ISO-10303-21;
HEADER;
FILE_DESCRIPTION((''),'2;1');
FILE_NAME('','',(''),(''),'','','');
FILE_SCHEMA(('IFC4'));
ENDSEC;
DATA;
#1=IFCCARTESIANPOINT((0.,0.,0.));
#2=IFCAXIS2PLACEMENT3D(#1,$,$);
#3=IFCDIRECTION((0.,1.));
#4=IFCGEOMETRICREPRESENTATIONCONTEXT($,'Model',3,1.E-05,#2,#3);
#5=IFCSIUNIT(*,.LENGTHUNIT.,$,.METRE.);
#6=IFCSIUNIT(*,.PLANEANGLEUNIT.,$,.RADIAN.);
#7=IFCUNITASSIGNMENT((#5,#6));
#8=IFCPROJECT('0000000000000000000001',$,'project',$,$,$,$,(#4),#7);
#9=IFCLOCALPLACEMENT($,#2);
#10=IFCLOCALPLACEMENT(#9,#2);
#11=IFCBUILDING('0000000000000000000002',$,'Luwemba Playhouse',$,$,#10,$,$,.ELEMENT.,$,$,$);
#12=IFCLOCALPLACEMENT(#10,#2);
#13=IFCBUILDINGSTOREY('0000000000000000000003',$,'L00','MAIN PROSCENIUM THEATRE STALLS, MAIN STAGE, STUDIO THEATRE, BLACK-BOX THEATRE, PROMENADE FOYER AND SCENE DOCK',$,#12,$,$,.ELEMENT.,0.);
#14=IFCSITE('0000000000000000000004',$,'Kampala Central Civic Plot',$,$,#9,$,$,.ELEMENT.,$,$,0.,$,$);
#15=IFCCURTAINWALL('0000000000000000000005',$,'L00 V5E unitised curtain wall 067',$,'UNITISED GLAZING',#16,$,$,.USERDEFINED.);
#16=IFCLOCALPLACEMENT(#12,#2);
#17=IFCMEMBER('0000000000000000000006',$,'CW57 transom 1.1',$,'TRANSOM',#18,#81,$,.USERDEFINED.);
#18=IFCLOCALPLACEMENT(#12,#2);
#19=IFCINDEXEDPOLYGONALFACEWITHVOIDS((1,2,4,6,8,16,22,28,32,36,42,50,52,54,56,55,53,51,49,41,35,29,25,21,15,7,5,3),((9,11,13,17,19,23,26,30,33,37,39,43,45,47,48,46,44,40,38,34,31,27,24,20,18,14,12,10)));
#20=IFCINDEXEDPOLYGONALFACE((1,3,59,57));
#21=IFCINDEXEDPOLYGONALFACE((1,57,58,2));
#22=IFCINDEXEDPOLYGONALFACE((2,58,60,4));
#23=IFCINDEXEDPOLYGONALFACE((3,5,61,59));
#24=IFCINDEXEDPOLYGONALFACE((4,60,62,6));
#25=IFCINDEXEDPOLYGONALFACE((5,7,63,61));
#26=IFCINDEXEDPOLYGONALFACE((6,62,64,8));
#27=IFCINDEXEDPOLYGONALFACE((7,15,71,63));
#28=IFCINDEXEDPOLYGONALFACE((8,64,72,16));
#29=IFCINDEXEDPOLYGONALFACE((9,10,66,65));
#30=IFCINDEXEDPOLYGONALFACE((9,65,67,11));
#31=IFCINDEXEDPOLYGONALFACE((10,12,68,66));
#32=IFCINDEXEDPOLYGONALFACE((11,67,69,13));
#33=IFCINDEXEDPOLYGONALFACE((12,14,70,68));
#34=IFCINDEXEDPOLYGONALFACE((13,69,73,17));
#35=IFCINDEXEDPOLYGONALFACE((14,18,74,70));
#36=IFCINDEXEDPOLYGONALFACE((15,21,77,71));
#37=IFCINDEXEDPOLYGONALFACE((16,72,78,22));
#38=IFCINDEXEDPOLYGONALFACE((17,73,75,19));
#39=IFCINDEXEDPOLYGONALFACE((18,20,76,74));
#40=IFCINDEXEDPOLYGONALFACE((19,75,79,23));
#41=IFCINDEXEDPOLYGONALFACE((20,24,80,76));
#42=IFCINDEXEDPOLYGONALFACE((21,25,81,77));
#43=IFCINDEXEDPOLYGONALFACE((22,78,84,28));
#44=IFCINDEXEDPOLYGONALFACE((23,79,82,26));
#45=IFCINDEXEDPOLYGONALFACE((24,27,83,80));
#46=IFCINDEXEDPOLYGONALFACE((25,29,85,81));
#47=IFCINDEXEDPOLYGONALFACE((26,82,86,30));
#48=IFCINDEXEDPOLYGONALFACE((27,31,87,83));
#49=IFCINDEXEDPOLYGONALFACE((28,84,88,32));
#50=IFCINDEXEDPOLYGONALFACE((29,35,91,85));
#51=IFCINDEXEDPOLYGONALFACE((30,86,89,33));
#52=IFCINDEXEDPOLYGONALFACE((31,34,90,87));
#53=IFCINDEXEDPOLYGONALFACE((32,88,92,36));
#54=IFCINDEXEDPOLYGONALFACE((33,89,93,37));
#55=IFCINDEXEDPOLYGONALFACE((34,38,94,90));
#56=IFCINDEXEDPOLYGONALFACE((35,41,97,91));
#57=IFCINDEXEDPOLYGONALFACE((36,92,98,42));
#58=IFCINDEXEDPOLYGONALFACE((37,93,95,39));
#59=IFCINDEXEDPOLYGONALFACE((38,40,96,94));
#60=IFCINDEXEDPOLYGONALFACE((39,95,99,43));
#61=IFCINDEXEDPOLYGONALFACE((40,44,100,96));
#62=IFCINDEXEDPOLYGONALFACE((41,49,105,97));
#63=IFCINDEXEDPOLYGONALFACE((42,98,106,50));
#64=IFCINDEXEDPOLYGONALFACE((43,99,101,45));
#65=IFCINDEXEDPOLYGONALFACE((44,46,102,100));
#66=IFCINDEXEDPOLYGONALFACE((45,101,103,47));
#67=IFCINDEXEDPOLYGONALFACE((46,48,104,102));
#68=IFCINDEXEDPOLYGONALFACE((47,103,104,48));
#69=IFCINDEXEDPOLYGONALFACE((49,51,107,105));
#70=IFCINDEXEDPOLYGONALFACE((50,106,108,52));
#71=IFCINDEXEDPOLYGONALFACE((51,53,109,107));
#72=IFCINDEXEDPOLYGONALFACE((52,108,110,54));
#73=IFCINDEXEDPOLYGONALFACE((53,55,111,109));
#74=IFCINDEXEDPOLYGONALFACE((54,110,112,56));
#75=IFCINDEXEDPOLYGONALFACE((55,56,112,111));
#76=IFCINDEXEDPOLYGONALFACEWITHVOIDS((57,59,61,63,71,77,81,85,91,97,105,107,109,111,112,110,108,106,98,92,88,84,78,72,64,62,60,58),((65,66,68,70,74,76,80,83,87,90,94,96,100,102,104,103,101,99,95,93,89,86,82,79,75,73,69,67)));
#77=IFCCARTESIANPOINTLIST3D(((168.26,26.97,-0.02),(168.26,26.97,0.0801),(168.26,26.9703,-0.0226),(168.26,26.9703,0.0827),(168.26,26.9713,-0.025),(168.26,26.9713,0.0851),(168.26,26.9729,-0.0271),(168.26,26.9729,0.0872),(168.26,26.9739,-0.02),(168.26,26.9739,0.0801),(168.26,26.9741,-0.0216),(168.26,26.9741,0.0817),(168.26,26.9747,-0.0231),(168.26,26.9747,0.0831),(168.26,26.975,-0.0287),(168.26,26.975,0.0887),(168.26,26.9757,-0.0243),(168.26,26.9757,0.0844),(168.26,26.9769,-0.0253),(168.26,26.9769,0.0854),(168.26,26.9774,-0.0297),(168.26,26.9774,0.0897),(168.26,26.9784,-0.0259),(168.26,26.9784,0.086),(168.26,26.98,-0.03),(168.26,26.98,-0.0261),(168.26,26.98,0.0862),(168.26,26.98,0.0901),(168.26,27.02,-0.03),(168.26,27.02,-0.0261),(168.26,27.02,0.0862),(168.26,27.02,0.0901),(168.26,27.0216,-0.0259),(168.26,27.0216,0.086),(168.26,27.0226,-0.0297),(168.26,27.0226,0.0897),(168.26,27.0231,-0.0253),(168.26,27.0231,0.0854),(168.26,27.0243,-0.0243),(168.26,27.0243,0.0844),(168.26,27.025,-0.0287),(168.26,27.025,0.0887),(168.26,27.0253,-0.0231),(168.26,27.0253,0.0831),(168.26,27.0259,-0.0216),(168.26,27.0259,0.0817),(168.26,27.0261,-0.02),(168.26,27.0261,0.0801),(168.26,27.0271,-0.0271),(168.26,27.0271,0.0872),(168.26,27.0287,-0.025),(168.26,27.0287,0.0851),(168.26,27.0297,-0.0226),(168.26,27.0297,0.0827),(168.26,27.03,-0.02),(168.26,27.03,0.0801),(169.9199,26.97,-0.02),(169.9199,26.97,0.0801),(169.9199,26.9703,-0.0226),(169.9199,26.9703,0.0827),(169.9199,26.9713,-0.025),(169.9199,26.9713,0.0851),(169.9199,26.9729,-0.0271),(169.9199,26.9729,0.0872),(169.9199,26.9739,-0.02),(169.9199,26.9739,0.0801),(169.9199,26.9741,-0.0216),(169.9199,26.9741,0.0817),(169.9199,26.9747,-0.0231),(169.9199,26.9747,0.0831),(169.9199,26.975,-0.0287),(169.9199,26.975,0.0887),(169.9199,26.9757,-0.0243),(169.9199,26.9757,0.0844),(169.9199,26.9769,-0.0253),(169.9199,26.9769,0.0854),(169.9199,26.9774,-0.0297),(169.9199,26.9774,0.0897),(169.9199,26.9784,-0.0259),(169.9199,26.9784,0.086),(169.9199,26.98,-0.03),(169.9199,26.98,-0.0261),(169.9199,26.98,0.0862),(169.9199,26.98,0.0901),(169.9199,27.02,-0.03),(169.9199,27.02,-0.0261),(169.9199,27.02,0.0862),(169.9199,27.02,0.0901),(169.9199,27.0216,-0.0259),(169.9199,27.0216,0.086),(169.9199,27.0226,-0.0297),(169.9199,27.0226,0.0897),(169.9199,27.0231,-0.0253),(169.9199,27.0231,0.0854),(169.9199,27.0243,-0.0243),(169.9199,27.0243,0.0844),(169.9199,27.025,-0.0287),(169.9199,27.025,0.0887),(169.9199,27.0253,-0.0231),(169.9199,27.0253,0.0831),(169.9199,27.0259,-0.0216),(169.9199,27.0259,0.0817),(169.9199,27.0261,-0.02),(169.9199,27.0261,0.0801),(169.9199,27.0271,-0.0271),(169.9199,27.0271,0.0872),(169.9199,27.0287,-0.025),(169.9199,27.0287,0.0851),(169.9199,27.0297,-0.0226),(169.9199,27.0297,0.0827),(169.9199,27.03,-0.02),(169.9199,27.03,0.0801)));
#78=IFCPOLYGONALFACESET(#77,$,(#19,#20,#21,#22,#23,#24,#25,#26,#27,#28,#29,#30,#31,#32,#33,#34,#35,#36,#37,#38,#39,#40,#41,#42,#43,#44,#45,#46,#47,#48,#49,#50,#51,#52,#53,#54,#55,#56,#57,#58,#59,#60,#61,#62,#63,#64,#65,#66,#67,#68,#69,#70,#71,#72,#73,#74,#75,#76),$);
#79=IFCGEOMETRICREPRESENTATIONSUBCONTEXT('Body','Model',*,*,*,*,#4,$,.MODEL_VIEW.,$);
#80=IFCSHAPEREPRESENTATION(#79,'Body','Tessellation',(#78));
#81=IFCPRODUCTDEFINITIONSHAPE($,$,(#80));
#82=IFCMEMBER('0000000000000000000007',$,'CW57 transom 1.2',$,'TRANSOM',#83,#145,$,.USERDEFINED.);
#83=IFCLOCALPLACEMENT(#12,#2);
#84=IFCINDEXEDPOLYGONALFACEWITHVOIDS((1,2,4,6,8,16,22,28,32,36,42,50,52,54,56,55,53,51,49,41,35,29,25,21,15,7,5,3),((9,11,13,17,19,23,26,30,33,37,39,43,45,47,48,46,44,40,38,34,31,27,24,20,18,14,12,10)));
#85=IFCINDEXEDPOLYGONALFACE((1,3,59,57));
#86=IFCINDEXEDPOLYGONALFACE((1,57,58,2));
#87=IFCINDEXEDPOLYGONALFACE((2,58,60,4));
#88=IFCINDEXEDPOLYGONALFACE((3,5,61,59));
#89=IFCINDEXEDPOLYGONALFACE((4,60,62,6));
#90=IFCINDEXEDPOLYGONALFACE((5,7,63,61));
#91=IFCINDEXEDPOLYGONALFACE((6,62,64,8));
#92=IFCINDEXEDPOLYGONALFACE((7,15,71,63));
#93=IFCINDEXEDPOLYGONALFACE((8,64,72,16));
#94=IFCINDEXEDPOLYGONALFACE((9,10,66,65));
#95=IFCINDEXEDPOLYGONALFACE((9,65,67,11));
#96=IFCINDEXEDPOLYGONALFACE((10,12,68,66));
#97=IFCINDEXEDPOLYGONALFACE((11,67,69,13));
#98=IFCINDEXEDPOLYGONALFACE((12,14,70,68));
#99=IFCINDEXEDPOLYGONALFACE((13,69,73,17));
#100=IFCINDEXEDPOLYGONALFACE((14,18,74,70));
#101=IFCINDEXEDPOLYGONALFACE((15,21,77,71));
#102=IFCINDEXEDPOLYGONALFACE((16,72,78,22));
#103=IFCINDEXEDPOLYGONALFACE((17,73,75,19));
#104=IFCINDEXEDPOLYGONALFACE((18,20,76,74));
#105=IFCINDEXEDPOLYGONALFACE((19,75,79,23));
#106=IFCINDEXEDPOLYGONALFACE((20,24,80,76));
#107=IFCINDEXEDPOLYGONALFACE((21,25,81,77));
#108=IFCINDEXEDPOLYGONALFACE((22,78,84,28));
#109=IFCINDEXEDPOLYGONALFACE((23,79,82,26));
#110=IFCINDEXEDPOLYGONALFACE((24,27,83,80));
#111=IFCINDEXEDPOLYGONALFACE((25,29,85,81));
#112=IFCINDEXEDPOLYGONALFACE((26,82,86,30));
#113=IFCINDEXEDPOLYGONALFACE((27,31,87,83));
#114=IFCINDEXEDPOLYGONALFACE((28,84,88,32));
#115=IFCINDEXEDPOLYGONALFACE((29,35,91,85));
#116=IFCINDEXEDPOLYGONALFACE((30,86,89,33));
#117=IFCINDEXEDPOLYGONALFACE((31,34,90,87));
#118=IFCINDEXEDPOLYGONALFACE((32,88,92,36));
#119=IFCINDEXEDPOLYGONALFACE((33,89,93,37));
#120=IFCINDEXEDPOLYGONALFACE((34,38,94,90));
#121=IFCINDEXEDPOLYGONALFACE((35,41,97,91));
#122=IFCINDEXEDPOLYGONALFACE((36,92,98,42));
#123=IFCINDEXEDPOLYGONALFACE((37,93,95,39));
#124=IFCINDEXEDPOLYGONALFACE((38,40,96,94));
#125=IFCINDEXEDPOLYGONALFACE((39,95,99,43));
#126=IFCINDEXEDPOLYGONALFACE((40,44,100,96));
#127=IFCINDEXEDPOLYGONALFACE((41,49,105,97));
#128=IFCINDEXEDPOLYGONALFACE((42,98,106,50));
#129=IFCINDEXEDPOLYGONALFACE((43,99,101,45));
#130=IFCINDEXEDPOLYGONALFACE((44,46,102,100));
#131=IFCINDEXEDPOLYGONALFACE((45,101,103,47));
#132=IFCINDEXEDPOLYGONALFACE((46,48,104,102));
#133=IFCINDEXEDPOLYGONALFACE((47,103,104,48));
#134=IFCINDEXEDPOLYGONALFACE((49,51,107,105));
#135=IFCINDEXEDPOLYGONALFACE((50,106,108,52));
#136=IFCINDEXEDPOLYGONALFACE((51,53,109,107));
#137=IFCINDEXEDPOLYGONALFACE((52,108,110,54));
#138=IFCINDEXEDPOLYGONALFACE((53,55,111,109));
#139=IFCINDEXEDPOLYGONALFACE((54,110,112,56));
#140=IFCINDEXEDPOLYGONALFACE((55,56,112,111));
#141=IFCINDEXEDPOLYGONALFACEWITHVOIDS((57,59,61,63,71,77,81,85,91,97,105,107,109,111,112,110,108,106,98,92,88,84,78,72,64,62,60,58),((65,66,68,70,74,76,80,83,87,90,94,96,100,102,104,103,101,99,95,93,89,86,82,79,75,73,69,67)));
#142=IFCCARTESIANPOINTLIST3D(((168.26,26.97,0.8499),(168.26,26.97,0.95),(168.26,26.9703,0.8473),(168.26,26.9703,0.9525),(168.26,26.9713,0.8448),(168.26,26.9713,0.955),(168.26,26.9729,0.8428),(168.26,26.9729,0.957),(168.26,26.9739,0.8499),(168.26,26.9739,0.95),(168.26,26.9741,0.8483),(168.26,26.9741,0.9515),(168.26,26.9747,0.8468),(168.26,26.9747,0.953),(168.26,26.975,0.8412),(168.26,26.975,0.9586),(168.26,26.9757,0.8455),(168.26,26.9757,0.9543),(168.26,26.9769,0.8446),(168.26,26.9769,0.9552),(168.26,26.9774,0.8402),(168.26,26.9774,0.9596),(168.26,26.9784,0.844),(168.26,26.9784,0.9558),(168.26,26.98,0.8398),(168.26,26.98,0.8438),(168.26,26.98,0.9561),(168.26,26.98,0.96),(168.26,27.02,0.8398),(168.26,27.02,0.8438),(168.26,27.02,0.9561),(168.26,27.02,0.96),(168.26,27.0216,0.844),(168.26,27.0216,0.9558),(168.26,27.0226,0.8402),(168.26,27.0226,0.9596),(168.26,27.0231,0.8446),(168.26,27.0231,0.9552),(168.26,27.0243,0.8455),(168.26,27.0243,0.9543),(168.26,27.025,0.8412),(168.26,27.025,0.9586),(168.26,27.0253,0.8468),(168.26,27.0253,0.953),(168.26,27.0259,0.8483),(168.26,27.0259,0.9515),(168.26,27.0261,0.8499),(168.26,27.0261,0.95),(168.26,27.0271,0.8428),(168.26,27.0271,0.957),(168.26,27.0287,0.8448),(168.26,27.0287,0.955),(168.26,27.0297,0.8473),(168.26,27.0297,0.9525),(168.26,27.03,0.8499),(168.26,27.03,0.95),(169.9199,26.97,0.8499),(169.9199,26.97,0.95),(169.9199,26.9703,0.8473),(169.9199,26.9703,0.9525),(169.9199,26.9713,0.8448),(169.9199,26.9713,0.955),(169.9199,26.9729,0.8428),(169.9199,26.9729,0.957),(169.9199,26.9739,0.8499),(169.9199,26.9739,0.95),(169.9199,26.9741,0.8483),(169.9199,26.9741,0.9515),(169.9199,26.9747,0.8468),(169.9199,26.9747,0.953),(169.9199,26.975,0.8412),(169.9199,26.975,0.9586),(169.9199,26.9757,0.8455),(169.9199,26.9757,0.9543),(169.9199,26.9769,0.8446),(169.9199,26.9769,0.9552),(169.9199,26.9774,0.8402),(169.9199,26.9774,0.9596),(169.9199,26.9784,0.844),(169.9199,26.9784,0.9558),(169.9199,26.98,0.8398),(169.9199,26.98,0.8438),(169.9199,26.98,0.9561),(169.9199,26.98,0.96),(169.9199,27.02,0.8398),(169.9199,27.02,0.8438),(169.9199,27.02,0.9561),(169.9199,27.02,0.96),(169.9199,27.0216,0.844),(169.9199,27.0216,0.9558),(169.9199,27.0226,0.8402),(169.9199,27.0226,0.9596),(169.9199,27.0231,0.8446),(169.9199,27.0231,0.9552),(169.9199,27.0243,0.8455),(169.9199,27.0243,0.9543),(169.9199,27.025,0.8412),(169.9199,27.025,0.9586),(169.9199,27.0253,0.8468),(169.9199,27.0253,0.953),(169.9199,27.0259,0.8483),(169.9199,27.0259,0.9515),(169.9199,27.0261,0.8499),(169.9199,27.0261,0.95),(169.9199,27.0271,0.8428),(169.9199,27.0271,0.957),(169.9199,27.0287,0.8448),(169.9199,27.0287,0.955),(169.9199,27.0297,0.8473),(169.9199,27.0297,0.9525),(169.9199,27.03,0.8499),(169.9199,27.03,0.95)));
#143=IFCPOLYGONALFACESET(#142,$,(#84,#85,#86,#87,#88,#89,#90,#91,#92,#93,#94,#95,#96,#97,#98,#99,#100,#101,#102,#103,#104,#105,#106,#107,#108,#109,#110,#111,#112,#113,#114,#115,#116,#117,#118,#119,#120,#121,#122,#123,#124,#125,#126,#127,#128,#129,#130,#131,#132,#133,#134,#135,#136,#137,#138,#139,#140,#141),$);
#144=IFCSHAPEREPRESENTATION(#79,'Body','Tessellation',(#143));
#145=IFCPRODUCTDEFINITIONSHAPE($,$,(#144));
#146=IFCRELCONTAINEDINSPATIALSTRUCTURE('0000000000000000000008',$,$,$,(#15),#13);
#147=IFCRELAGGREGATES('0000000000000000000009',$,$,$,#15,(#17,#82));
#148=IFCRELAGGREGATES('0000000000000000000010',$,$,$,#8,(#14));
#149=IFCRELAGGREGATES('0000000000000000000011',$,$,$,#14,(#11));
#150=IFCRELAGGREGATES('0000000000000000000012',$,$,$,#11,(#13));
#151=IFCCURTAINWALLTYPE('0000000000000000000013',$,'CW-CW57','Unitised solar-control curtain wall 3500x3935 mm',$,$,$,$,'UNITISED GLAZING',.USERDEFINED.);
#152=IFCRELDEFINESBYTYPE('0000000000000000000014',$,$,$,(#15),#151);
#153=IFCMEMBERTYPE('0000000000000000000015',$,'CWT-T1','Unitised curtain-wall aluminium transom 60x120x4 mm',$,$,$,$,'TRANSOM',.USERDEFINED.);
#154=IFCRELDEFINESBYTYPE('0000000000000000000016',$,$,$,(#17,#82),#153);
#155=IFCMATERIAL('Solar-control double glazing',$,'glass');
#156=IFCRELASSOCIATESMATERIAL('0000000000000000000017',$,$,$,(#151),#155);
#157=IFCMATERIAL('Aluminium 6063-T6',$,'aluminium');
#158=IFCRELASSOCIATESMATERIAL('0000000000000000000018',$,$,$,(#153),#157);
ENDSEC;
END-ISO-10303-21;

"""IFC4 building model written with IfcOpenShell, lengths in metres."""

from ifc_helpers import new_model, si_unit, direction, frame, origin, origin_2d, place, context, subcontext, project, spatial, hollow_rectangle, extrude, material, material_profile, profile_set, type_object, element, aggregate, save


model = new_model("IFC4")

# Units and contexts
model_context = context("Model", 3, precision=1e-05, world=origin(), true_north=direction((0.0, 1.0)))
body_context = subcontext(model_context, "Body", "Model", "MODEL_VIEW")
ifc_project = project(units=[si_unit("LENGTHUNIT", "METRE"), si_unit("PLANEANGLEUNIT", "RADIAN")], contexts=[model_context])

# Site, building, storey
site_placement = place(None, origin())
site = spatial("IfcSite", under=ifc_project, at=site_placement, Name="Kampala Central Civic Plot", CompositionType="ELEMENT", RefElevation=0.0)
building_placement = place(site_placement, origin())
building = spatial("IfcBuilding", under=site, at=building_placement, Name="Luwemba Playhouse", CompositionType="ELEMENT")
storey_placement = place(building_placement, origin())
storey = spatial("IfcBuildingStorey", under=building, at=storey_placement, Name="L00", Description="MAIN PROSCENIUM THEATRE STALLS, MAIN STAGE, STUDIO THEATRE, BLACK-BOX THEATRE, PROMENADE FOYER AND SCENE DOCK", CompositionType="ELEMENT", Elevation=0.0)

# Curtain wall
ifc_material_1 = material(Name="Solar-control double glazing", Category="glass")
curtain_wall_type_1 = type_object("IfcCurtainWallType", Name="CW-CW57", Description="Unitised solar-control curtain wall 3500x3935 mm", ElementType="UNITISED GLAZING", PredefinedType="USERDEFINED", material=ifc_material_1)
curtain_wall_1_placement = place(storey_placement, origin())
curtain_wall_1 = element("IfcCurtainWall", 1, at=curtain_wall_1_placement, inside=storey, type_object=curtain_wall_type_1, Name="L00 V5E unitised curtain wall 067", ObjectType="UNITISED GLAZING", PredefinedType="USERDEFINED")
ifc_material_2 = material(Name="Aluminium 6063-T6", Category="aluminium")

# Members
ifc_material_profile_1 = material_profile(ifc_material_2, hollow_rectangle(XDim=0.0601, YDim=0.1201, WallThickness=0.0039, InnerFilletRadius=0.0061, OuterFilletRadius=0.01, at=origin_2d()))
ifc_profile_set_1 = profile_set([ifc_material_profile_1], Name="Aluminium 6063-T6")
member_type_1 = type_object("IfcMemberType", Name="CWT-T1", Description="Unitised curtain-wall aluminium transom 60x120x4 mm", ElementType="TRANSOM", PredefinedType="USERDEFINED", material=ifc_profile_set_1)
member_1_placement = place(storey_placement, frame((168.26, 27.0, 0.03), z_axis=(1.0, 0.0, 0.0), x_axis=(0.0, 1.0, 0.0)))
member_1 = element("IfcMember", 2, at=member_1_placement, type_object=member_type_1, Name="CW57 transom 1.1", ObjectType="TRANSOM", PredefinedType="USERDEFINED", context=body_context, shape_type="SweptSolid", body=[
    extrude(hollow_rectangle(XDim=0.0601, YDim=0.1201, WallThickness=0.0039, InnerFilletRadius=0.0061, OuterFilletRadius=0.01, at=origin_2d()), origin(), (0.0, 0.0, 1.0), 1.6599),
])
member_2_placement = place(storey_placement, frame((168.26, 27.0, 0.8999), z_axis=(1.0, 0.0, 0.0), x_axis=(0.0, 1.0, 0.0)))
member_2 = element("IfcMember", 3, at=member_2_placement, type_object=member_type_1, Name="CW57 transom 1.2", ObjectType="TRANSOM", PredefinedType="USERDEFINED", context=body_context, shape_type="SweptSolid", body=[
    extrude(hollow_rectangle(XDim=0.0601, YDim=0.1201, WallThickness=0.0039, InnerFilletRadius=0.0061, OuterFilletRadius=0.01, at=origin_2d()), origin(), (0.0, 0.0, 1.0), 1.6599),
])

aggregate(curtain_wall_1, [member_1, member_2])

save(model, "model.ifc")
